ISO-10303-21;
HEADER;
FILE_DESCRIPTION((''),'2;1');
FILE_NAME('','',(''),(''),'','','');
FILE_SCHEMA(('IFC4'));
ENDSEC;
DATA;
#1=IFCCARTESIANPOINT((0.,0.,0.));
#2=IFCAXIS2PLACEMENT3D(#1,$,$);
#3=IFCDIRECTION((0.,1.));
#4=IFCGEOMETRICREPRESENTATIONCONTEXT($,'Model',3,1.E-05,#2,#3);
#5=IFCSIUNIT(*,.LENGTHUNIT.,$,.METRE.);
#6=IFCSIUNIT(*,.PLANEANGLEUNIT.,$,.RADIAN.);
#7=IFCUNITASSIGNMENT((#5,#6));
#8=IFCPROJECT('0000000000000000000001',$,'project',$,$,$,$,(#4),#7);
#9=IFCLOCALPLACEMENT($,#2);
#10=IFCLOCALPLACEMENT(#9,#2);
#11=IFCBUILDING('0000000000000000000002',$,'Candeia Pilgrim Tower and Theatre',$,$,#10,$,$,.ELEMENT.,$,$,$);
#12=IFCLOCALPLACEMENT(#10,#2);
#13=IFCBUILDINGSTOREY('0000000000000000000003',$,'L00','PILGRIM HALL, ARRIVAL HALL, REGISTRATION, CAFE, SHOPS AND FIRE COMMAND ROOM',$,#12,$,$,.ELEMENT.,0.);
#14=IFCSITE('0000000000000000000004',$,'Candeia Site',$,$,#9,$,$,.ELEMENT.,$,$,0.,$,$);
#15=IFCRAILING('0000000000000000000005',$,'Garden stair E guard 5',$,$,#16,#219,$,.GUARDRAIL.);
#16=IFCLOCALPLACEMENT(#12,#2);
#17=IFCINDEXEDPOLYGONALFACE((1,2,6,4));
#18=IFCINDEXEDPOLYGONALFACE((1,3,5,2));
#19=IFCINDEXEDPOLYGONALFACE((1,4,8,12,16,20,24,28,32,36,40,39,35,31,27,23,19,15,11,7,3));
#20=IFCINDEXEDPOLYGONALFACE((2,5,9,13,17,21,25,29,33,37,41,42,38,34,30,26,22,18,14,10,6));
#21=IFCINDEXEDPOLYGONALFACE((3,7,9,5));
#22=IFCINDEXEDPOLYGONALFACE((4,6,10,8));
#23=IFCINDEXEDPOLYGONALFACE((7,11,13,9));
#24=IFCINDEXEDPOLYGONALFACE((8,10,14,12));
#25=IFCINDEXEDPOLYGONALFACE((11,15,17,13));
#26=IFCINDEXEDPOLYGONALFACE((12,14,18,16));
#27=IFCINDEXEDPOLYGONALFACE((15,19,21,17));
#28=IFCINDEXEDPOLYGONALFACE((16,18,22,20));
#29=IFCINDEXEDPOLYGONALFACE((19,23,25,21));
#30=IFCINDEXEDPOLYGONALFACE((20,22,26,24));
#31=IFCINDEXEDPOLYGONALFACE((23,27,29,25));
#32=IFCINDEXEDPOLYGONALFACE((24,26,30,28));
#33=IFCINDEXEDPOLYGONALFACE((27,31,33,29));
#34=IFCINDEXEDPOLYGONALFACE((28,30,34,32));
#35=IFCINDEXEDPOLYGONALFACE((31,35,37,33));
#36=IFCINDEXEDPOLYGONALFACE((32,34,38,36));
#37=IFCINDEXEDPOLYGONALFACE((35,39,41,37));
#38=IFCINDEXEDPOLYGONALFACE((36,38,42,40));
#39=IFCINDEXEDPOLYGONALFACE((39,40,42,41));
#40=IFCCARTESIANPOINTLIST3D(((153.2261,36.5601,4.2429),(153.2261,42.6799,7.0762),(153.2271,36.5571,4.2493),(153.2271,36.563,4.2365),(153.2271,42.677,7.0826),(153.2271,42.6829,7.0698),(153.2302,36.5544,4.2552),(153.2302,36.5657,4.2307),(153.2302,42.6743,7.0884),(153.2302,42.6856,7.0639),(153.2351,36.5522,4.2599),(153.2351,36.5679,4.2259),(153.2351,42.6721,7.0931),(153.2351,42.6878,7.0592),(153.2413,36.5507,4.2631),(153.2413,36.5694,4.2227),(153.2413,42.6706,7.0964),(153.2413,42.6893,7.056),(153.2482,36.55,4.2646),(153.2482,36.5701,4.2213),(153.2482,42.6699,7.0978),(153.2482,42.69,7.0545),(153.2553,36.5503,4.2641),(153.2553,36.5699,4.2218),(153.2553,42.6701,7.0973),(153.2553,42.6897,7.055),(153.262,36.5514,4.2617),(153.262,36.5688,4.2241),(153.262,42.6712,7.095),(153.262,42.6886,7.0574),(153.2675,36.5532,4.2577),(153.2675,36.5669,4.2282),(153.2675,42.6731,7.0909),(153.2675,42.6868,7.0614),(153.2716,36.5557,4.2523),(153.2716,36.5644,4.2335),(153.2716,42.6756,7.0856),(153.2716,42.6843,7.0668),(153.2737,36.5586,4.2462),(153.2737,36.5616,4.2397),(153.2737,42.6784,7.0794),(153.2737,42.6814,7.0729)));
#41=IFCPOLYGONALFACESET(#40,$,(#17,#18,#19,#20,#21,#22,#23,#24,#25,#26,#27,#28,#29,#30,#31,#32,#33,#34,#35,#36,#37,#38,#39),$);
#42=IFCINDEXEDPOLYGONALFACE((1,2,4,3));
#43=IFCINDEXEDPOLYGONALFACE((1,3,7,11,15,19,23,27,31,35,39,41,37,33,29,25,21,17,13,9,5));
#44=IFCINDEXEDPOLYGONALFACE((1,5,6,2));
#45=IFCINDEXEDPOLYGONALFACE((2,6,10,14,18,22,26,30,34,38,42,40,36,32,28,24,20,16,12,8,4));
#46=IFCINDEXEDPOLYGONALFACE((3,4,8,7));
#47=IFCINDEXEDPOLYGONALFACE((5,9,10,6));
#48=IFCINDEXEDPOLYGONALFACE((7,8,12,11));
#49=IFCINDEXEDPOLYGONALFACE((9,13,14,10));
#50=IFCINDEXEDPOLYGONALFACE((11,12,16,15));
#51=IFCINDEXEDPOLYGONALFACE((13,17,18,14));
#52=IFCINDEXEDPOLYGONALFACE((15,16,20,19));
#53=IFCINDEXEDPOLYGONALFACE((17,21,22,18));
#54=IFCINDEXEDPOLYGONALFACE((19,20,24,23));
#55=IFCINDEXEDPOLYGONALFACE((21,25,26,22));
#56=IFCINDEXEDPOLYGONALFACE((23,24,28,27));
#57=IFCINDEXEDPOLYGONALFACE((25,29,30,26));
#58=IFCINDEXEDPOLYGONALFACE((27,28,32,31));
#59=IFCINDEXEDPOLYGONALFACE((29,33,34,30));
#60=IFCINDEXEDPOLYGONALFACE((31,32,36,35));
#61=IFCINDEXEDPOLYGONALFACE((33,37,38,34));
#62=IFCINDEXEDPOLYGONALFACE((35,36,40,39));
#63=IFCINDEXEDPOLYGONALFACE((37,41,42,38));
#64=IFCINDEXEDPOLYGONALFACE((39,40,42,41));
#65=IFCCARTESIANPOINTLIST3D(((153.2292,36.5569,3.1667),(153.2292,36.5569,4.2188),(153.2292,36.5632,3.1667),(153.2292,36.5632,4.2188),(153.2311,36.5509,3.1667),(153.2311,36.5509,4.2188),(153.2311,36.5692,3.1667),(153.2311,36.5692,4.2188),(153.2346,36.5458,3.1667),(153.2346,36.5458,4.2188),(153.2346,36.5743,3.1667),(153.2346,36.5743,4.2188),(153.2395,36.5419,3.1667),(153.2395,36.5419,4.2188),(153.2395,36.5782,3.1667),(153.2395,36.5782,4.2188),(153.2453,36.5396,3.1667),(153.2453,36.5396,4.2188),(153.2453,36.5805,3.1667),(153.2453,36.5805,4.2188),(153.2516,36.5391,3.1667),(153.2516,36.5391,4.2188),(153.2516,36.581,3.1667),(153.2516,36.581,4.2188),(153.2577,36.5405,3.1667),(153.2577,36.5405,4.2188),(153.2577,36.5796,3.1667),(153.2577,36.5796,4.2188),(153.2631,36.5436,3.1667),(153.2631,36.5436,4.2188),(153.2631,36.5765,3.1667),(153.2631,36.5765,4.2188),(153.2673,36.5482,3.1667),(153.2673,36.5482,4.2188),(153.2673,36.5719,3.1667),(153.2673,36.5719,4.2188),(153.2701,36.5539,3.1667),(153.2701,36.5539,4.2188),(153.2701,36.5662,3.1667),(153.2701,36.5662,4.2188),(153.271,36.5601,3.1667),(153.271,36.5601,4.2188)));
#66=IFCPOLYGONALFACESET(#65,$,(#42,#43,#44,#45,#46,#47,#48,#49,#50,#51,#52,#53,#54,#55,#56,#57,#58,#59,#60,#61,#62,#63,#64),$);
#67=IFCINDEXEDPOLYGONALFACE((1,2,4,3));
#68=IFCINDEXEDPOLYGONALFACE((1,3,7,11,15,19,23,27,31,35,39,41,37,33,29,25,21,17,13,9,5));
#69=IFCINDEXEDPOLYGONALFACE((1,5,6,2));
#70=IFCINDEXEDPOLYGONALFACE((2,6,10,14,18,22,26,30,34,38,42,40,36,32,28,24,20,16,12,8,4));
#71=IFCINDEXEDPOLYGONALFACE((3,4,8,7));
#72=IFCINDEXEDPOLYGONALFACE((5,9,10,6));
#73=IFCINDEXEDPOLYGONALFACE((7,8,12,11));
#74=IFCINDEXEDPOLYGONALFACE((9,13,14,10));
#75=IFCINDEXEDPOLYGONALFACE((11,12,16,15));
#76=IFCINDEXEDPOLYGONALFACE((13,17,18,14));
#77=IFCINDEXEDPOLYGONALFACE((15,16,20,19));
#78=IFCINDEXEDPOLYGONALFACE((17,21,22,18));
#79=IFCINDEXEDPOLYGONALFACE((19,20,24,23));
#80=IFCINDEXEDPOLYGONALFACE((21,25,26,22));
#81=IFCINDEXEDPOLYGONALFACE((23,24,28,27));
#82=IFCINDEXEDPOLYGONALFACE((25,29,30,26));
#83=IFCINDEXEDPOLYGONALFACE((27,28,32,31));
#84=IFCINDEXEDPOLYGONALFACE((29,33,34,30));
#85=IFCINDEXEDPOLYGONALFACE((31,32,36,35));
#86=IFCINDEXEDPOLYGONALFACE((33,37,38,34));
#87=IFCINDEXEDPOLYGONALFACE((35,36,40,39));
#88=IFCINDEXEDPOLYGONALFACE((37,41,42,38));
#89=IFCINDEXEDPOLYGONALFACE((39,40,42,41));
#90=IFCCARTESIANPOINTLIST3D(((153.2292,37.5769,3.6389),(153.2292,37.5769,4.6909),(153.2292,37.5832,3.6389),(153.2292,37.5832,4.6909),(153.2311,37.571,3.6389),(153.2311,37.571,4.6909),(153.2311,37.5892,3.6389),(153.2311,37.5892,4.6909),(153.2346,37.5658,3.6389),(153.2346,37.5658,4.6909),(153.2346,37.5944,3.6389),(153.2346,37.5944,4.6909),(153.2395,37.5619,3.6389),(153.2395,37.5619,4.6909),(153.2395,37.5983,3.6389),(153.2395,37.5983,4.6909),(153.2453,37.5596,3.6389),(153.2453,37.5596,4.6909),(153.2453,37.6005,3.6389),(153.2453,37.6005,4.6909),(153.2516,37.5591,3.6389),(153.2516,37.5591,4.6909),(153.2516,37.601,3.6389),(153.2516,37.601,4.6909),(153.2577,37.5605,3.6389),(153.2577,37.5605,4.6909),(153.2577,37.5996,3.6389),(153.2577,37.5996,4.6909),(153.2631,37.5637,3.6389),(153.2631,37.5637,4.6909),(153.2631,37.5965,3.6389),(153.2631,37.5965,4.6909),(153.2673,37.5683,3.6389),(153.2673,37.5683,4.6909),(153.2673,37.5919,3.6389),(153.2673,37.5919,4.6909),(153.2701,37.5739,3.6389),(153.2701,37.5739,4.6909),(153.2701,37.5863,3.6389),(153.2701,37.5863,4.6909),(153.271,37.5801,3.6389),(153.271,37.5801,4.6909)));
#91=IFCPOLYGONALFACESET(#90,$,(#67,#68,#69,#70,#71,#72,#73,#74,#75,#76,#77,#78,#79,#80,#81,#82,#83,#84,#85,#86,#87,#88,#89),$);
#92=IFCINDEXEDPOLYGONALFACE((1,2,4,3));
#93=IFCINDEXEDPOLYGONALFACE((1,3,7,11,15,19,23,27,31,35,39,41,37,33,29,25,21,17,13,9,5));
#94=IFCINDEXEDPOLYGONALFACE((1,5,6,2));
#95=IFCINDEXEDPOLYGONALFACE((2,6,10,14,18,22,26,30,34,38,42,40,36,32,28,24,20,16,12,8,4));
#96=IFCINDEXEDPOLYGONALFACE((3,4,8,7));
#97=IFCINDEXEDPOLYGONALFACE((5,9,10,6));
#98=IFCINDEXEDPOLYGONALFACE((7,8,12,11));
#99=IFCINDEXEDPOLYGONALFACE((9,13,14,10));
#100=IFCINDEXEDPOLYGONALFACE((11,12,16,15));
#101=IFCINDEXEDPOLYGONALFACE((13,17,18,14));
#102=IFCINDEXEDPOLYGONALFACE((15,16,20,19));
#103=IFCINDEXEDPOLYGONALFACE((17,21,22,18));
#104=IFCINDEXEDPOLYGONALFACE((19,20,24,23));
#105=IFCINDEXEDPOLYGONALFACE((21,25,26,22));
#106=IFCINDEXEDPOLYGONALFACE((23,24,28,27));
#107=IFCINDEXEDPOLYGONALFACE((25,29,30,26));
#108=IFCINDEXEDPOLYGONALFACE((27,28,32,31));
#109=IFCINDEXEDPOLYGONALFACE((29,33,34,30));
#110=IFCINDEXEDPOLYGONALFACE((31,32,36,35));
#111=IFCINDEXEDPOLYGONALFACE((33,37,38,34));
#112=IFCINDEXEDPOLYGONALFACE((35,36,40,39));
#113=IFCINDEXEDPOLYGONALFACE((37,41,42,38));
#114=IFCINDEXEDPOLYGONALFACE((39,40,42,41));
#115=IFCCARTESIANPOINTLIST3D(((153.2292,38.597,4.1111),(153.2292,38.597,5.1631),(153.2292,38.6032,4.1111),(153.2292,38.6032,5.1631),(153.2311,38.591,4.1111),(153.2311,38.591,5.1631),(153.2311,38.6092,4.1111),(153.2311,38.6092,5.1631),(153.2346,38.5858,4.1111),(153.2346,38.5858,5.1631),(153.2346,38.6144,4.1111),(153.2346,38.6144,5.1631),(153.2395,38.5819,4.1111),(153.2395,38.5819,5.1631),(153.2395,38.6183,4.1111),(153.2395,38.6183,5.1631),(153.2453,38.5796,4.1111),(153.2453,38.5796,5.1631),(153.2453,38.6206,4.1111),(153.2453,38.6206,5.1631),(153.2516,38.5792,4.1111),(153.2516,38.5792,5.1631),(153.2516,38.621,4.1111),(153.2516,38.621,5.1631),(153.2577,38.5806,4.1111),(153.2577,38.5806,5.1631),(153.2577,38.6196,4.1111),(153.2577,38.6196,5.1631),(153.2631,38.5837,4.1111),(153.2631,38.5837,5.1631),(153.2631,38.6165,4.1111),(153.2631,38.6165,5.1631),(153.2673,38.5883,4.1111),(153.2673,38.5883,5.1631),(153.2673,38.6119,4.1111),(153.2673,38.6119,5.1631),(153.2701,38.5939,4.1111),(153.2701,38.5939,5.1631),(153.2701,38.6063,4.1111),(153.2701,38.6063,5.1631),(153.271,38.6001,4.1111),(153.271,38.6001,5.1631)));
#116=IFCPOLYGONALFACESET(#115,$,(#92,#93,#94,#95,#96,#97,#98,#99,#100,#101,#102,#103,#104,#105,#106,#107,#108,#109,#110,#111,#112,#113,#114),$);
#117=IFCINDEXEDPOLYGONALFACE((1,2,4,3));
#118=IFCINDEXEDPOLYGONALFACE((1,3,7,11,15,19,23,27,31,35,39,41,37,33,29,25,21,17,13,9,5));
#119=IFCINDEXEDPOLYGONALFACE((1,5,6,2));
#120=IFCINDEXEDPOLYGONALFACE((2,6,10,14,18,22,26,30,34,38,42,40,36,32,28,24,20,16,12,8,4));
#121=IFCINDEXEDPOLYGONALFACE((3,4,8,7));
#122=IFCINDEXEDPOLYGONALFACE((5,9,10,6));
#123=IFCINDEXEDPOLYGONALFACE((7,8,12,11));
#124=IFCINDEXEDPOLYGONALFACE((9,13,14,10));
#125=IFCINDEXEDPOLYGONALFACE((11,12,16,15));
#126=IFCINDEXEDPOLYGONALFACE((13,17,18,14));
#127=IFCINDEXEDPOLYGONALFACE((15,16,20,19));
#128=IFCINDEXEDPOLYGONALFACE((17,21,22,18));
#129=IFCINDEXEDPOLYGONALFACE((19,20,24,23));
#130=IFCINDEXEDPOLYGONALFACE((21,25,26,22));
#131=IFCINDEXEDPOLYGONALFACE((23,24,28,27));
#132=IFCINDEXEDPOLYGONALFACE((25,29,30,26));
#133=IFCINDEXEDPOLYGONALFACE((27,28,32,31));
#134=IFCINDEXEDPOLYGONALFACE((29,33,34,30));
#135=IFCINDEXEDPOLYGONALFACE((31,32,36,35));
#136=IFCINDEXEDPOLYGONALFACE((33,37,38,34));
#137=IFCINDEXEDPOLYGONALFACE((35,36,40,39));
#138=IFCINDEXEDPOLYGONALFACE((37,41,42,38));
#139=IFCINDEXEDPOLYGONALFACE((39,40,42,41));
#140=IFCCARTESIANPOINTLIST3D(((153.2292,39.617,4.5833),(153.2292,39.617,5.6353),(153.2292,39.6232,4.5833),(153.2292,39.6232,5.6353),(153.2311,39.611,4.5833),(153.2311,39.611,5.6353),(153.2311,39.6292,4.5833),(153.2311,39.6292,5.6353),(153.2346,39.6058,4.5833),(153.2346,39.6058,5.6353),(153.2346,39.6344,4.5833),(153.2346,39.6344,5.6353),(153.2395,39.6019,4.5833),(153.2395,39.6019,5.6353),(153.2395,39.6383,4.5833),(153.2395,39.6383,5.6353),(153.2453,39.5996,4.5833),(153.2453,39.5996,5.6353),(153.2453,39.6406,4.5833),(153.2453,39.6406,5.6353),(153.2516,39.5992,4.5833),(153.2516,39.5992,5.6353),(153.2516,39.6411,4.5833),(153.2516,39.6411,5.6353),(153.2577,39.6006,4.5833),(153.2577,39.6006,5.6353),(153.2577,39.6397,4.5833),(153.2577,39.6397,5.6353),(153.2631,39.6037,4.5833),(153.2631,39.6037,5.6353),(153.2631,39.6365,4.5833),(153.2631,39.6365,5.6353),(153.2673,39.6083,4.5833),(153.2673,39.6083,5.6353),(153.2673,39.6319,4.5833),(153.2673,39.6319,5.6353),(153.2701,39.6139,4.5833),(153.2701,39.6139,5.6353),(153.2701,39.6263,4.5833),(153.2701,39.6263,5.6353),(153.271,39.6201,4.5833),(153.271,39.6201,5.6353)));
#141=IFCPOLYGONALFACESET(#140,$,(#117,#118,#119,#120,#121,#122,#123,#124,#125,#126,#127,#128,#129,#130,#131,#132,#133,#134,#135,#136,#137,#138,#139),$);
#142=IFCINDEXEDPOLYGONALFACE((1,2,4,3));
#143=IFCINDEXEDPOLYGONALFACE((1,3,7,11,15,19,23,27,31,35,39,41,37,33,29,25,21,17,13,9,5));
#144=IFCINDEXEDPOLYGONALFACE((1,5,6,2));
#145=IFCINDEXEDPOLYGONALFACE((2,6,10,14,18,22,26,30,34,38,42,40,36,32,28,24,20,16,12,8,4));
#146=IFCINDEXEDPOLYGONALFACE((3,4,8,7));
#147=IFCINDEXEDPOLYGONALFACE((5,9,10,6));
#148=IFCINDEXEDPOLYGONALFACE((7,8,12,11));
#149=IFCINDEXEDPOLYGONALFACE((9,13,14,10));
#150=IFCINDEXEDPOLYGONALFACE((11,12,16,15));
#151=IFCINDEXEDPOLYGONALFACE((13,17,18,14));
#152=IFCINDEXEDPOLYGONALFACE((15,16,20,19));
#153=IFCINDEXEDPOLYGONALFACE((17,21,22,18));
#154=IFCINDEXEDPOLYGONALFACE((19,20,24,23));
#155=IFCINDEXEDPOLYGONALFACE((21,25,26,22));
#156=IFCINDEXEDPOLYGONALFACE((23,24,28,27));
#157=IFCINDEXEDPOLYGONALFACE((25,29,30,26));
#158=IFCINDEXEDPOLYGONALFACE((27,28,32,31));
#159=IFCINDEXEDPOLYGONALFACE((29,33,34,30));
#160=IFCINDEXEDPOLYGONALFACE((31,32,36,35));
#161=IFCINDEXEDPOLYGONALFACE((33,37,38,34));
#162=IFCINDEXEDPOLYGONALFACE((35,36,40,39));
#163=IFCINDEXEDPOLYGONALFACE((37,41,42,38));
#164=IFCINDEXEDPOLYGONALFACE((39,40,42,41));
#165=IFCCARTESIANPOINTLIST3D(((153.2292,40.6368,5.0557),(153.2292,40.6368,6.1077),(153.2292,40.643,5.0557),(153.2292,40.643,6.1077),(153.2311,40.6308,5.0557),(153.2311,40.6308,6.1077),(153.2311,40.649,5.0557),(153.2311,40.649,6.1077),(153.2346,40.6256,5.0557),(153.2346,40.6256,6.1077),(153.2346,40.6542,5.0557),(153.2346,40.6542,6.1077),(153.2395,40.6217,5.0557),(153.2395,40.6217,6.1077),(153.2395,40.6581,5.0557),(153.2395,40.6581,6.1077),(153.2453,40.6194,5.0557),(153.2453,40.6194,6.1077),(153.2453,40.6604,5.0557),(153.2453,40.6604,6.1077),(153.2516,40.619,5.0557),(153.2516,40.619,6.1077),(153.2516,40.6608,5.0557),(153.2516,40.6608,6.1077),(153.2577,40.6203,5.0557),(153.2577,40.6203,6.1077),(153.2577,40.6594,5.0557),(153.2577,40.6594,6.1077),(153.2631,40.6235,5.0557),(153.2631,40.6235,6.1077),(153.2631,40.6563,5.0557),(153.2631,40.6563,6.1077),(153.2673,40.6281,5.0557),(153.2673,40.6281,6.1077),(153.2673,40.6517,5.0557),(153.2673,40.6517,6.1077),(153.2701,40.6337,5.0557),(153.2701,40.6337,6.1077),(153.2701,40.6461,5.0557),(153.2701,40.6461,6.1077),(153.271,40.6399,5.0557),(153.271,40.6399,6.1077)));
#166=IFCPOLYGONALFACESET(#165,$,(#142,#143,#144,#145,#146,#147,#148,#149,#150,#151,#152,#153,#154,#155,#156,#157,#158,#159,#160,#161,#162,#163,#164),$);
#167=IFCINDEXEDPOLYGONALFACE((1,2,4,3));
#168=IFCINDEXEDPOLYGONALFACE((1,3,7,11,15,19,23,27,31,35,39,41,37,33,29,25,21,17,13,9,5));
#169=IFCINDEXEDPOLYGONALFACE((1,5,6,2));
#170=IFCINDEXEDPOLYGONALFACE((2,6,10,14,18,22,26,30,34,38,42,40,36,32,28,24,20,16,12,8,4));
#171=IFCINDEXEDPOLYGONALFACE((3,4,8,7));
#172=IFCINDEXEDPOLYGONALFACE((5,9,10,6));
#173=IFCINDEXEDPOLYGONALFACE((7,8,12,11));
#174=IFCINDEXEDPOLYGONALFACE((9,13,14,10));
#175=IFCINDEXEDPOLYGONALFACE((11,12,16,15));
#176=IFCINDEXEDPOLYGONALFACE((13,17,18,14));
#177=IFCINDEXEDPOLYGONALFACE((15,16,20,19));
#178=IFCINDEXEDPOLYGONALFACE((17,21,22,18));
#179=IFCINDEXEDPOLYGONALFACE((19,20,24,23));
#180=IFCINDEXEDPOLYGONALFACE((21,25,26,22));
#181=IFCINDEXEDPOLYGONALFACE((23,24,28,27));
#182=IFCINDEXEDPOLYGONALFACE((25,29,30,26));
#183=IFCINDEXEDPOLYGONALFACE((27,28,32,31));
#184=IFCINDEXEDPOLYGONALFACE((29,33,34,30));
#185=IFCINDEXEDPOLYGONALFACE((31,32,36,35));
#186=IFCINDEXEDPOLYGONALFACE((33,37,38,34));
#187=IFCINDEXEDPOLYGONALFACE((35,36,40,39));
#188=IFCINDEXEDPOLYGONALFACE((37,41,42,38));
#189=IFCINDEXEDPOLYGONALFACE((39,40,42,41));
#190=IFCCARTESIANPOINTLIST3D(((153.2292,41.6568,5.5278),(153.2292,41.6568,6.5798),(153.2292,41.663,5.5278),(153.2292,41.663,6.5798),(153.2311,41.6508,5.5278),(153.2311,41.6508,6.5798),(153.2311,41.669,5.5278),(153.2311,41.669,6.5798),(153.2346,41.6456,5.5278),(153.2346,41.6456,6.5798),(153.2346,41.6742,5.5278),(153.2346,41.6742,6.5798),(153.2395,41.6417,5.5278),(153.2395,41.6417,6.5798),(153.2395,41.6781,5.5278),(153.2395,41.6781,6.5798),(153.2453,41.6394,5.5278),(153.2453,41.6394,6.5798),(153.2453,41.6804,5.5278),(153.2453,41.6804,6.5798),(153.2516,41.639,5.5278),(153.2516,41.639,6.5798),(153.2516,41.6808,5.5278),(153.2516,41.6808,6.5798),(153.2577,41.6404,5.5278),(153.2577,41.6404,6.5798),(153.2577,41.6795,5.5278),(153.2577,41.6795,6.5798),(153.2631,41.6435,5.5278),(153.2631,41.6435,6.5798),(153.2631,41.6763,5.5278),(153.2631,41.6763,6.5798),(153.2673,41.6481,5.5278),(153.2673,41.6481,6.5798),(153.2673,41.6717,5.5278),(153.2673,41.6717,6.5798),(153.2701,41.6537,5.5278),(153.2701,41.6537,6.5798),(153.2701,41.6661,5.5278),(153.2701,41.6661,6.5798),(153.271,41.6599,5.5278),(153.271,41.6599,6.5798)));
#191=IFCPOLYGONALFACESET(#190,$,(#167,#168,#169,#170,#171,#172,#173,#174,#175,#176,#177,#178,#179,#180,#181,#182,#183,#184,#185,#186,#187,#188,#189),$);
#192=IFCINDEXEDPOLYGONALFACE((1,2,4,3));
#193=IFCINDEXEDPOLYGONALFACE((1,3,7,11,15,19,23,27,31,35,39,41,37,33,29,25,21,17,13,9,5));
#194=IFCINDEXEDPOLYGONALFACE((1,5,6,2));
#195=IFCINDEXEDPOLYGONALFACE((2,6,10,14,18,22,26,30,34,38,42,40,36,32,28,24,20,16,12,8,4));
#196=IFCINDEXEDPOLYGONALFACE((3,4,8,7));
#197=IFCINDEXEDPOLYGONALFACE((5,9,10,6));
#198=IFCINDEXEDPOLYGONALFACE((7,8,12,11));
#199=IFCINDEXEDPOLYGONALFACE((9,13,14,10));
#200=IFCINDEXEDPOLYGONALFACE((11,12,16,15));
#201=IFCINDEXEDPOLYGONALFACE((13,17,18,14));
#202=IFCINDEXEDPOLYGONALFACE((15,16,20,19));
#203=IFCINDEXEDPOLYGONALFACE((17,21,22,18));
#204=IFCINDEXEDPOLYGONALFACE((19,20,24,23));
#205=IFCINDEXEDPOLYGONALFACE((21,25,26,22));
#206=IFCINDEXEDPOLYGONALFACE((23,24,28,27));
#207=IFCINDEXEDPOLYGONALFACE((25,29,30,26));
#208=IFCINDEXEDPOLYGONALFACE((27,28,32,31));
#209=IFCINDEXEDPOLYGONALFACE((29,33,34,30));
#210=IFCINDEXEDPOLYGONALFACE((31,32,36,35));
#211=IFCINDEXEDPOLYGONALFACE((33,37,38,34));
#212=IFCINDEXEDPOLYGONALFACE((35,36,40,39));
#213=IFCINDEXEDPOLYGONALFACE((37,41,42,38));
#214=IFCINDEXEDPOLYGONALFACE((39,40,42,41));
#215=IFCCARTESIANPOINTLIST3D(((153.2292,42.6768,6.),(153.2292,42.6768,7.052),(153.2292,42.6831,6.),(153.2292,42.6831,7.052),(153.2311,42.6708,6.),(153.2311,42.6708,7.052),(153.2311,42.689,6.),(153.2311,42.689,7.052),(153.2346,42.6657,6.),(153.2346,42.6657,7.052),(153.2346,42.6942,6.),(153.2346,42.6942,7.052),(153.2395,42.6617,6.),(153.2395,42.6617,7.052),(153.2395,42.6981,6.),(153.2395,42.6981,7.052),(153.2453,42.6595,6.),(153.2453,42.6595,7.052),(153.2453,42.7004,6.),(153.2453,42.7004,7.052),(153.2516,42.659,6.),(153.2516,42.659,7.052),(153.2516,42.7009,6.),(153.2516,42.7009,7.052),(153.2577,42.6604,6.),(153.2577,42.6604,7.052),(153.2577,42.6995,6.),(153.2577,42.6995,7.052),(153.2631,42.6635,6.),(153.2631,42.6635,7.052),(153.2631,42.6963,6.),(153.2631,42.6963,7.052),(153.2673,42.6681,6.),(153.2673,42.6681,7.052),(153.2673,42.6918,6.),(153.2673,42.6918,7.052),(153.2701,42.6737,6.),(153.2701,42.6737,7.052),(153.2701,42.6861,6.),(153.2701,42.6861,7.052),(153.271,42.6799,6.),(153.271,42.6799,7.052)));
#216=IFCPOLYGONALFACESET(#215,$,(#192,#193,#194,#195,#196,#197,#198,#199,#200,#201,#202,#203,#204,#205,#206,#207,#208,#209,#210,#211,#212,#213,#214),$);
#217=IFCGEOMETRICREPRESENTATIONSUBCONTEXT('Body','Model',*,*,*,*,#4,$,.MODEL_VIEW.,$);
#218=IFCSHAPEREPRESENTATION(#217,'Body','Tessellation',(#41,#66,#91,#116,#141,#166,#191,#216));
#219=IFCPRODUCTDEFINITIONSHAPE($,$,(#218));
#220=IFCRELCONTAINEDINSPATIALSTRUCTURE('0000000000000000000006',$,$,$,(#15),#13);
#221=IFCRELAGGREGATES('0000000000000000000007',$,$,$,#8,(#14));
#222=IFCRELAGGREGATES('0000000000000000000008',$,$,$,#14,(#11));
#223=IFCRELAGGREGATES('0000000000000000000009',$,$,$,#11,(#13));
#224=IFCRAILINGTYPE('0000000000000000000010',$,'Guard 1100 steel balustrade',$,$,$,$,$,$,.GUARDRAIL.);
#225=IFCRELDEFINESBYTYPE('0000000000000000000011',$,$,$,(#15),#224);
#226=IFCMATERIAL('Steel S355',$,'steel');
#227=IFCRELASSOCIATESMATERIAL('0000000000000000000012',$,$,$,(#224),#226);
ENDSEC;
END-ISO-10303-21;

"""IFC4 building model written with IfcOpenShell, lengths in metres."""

from ifc_helpers import new_model, si_unit, direction, frame, origin, origin_2d, place, context, subcontext, project, spatial, circle, extrude, material, type_object, element, save


model = new_model("IFC4")

# Units and contexts
model_context = context("Model", 3, precision=1e-05, world=origin(), true_north=direction((0.0, 1.0)))
body_context = subcontext(model_context, "Body", "Model", "MODEL_VIEW")
ifc_project = project(units=[si_unit("LENGTHUNIT", "METRE"), si_unit("PLANEANGLEUNIT", "RADIAN")], contexts=[model_context])

# Site, building, storey
site_placement = place(None, origin())
site = spatial("IfcSite", under=ifc_project, at=site_placement, Name="Candeia Site", CompositionType="ELEMENT", RefElevation=0.0)
building_placement = place(site_placement, origin())
building = spatial("IfcBuilding", under=site, at=building_placement, Name="Candeia Pilgrim Tower and Theatre", CompositionType="ELEMENT")
storey_placement = place(building_placement, origin())
storey = spatial("IfcBuildingStorey", under=building, at=storey_placement, Name="L00", Description="PILGRIM HALL, ARRIVAL HALL, REGISTRATION, CAFE, SHOPS AND FIRE COMMAND ROOM", CompositionType="ELEMENT", Elevation=0.0)

# Railing
ifc_material_1 = material(Name="Steel S355", Category="steel")
railing_type_1 = type_object("IfcRailingType", Name="Guard 1100 steel balustrade", PredefinedType="GUARDRAIL", material=ifc_material_1)
for number, where, name in (
    (1, (153.25, 36.5601, 3.1667), "Garden stair E guard 5"),
):
    element("IfcRailing", number, at=place(storey_placement, frame(where)), inside=storey, type_object=railing_type_1, Name=name, PredefinedType="GUARDRAIL", context=body_context, shape_type="SweptSolid", body=[
        extrude(circle(Radius=0.0239, at=origin_2d()), frame((0.0, 0.0, 1.0762), z_axis=(0.0, 0.907468, 0.420121), x_axis=(-1.0, 0.0, 0.0)), (0.0, 0.0, 1.0), 6.7439),
        extrude(circle(Radius=0.021, at=origin_2d()), origin(), (0.0, 0.0, 1.0), 1.052),
        extrude(circle(Radius=0.021, at=origin_2d()), frame((0.0, 1.02, 0.4722)), (0.0, 0.0, 1.0), 1.052),
        extrude(circle(Radius=0.021, at=origin_2d()), frame((0.0, 2.04, 0.9443)), (0.0, 0.0, 1.0), 1.052),
        extrude(circle(Radius=0.021, at=origin_2d()), frame((0.0, 3.0601, 1.4165)), (0.0, 0.0, 1.0), 1.052),
        extrude(circle(Radius=0.021, at=origin_2d()), frame((0.0, 4.0798, 1.8889)), (0.0, 0.0, 1.0), 1.052),
        extrude(circle(Radius=0.021, at=origin_2d()), frame((0.0, 5.0999, 2.3611)), (0.0, 0.0, 1.0), 1.052),
        extrude(circle(Radius=0.021, at=origin_2d()), frame((0.0, 6.1199, 2.8333)), (0.0, 0.0, 1.0), 1.052),
    ])

save(model, "model.ifc")
